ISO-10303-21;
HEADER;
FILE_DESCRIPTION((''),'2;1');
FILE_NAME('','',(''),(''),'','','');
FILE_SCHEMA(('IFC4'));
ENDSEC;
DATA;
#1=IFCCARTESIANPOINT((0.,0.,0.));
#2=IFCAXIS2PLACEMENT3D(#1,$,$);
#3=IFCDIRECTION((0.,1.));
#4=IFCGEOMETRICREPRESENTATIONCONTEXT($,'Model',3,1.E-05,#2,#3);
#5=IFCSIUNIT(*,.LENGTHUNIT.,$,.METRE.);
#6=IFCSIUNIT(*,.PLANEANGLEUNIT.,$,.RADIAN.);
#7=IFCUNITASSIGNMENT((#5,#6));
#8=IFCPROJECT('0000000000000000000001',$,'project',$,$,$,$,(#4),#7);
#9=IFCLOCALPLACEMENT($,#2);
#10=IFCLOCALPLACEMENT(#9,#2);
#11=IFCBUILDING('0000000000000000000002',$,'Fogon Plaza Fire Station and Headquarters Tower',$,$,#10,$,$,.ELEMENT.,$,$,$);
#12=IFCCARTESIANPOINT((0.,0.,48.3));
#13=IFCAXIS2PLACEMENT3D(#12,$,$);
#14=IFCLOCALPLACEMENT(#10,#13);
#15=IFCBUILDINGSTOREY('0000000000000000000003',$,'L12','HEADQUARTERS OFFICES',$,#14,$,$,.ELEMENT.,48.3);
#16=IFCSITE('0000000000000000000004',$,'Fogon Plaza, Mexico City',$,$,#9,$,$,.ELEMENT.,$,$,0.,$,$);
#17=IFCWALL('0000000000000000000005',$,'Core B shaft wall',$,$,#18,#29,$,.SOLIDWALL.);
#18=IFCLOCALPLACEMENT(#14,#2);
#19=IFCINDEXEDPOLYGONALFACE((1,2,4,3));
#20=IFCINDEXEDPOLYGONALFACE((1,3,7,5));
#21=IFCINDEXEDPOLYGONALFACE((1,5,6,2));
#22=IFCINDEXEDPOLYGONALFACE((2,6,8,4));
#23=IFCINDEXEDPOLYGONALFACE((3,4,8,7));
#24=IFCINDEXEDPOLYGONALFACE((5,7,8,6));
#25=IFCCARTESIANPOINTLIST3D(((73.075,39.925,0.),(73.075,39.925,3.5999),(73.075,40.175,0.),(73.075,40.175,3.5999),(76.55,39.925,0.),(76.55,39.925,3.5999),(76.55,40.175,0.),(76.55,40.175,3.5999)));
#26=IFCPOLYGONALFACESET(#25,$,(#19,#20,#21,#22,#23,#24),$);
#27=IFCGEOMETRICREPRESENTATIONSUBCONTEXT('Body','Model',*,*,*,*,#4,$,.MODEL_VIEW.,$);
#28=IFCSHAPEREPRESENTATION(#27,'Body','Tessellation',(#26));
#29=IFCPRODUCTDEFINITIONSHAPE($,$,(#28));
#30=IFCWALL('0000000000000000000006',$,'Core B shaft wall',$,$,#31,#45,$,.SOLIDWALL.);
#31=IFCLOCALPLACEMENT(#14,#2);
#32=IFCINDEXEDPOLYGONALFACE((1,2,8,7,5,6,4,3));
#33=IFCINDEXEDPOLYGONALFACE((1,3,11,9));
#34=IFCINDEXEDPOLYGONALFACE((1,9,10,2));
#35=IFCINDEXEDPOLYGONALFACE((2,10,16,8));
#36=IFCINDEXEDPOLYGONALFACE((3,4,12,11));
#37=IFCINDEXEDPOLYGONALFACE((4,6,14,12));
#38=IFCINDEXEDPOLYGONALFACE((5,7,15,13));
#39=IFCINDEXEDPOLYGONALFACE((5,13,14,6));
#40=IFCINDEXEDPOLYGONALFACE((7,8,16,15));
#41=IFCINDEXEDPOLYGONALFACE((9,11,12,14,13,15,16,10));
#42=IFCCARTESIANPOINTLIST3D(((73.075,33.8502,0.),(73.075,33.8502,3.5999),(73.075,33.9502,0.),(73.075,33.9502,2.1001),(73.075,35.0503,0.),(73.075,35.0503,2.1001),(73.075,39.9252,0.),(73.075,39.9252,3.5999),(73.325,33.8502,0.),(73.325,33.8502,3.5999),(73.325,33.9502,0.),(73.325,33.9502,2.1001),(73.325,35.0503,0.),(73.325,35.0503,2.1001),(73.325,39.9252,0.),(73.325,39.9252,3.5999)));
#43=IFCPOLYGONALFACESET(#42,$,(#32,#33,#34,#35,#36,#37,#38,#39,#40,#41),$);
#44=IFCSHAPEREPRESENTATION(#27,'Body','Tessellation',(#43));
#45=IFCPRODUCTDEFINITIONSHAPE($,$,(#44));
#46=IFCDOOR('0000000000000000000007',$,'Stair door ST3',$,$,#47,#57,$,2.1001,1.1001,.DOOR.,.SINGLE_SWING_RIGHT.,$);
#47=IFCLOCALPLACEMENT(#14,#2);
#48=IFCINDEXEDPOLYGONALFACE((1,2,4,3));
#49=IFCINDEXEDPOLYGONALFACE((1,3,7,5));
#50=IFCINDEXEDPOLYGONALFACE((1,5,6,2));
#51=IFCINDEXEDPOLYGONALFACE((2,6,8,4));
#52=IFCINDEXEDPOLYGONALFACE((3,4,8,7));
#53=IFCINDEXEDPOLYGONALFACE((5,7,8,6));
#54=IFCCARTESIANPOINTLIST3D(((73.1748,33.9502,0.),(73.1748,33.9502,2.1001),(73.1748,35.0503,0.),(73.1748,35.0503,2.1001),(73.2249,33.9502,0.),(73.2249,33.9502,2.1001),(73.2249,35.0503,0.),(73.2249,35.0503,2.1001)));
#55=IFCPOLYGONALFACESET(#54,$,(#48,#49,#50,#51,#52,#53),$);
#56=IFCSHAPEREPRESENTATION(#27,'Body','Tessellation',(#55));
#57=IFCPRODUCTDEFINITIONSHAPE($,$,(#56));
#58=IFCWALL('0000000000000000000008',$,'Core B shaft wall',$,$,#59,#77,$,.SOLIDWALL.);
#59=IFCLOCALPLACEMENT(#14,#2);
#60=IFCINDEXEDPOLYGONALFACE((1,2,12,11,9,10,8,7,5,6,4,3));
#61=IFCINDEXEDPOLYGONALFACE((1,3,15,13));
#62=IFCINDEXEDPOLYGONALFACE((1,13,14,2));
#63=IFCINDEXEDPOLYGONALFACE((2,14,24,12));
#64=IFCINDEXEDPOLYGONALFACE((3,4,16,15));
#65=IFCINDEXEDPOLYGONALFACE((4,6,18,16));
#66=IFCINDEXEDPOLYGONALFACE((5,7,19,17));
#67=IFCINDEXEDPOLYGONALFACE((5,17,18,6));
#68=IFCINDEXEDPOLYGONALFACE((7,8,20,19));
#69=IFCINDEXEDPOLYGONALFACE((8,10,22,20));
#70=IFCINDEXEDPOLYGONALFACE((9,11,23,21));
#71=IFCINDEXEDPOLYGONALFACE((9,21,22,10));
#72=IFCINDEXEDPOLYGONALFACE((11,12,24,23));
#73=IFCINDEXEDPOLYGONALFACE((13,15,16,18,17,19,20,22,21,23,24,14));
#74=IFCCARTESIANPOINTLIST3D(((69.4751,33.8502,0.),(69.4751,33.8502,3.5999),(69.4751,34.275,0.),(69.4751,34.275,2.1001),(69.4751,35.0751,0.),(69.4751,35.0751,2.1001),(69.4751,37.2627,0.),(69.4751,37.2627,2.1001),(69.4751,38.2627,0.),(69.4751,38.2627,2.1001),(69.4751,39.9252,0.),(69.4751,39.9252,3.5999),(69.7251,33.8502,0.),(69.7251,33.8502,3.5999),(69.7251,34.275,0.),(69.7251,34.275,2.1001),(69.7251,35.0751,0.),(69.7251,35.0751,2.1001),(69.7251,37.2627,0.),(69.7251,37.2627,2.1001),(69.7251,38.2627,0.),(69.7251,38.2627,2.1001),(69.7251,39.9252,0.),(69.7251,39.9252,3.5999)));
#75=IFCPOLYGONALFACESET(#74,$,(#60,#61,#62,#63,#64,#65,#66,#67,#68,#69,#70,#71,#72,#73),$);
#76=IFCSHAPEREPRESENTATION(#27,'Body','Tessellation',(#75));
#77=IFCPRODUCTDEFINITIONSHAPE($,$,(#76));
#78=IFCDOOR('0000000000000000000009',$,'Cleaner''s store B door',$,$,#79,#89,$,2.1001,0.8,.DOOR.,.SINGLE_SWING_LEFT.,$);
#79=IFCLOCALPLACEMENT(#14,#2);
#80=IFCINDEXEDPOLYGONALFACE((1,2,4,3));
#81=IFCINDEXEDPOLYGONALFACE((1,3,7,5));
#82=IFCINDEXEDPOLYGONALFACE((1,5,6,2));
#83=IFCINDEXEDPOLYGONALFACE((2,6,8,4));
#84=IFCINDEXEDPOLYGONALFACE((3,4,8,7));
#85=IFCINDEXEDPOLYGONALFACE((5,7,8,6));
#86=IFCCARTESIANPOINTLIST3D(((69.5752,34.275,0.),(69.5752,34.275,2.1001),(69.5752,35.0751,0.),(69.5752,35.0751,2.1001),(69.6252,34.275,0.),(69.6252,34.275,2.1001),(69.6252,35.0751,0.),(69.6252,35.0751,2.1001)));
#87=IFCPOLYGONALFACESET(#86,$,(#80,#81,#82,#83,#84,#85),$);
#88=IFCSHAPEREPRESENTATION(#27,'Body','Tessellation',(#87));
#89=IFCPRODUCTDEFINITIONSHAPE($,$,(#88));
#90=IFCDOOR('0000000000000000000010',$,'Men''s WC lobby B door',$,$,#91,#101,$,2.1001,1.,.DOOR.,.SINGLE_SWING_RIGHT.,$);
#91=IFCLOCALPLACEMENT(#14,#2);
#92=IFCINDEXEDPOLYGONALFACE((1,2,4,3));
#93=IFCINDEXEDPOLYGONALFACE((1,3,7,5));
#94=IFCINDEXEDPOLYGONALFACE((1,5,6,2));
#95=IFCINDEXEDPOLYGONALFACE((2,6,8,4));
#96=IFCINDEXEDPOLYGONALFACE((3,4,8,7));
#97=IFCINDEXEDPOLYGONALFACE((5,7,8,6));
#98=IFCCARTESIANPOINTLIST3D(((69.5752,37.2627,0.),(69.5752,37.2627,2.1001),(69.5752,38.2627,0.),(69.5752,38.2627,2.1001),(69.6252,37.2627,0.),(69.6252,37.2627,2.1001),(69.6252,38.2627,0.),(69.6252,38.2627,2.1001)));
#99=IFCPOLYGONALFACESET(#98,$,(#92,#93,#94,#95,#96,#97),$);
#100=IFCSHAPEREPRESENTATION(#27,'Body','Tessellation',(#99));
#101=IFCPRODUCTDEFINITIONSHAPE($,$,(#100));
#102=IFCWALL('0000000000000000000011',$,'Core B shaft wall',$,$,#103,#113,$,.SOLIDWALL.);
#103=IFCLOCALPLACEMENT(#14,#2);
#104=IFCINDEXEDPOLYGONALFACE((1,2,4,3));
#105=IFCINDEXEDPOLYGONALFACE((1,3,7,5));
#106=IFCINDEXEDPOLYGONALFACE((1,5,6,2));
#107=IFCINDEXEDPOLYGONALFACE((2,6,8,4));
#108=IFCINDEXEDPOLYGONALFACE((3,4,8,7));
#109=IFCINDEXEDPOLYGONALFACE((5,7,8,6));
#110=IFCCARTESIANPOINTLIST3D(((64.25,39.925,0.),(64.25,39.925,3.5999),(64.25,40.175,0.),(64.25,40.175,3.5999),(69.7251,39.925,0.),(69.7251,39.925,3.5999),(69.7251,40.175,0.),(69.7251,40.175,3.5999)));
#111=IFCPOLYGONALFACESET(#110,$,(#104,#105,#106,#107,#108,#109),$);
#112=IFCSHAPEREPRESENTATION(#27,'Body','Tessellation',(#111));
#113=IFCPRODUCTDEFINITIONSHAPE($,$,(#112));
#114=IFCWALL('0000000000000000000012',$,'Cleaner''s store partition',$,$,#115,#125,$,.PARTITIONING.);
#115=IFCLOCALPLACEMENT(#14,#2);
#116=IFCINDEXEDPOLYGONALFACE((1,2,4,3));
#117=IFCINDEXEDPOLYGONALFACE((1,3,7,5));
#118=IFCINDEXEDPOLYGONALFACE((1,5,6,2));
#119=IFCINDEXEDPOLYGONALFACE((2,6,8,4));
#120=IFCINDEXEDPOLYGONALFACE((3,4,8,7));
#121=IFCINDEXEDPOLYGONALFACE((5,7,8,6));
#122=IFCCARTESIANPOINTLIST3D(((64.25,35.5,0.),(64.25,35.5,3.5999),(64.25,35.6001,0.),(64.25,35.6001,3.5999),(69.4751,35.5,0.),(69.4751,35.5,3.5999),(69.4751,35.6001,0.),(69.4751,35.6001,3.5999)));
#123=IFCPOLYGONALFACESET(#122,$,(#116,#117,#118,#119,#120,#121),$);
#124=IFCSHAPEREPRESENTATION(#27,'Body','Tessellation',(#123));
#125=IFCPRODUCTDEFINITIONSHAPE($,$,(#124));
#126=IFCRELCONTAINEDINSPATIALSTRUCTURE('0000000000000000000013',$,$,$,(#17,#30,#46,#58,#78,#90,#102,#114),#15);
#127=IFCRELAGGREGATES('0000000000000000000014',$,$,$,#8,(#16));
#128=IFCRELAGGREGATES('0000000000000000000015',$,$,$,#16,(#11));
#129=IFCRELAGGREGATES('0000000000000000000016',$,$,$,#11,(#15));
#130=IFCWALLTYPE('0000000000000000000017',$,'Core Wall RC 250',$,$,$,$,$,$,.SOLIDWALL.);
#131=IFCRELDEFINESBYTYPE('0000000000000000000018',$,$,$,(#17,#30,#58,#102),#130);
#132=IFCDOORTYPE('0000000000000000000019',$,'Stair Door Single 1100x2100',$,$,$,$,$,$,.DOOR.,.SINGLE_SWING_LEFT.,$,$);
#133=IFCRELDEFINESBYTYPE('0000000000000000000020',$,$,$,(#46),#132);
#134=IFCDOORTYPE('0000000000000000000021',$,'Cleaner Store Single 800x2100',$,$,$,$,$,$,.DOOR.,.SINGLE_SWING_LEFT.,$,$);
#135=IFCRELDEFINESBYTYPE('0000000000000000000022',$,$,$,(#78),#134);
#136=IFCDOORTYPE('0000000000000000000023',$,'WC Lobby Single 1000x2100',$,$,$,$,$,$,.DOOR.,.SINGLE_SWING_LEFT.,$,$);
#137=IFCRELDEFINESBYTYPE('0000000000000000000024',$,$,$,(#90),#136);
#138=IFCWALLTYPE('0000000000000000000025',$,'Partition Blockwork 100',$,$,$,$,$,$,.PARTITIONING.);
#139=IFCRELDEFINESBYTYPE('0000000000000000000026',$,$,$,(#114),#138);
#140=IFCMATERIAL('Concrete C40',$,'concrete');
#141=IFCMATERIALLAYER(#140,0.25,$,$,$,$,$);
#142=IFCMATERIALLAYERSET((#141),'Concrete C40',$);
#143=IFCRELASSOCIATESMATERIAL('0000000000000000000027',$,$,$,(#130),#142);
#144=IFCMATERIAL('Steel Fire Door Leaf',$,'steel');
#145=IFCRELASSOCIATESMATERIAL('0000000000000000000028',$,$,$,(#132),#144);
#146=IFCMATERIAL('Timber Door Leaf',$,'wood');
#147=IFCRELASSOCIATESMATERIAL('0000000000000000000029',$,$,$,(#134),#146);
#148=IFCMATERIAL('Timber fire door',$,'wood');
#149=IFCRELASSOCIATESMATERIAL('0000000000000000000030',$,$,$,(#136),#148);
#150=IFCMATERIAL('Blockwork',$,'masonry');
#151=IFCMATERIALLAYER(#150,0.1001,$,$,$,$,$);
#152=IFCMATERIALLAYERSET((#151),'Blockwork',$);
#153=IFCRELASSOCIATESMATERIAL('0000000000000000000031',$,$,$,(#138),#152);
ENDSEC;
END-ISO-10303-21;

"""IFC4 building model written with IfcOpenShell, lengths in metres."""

from ifc_helpers import new_model, si_unit, direction, frame, frame_2d, origin, place, context, subcontext, project, spatial, rectangle, extrude, material, layer, layer_set, type_object, element, fill, save


model = new_model("IFC4")

# Units and contexts
model_context = context("Model", 3, precision=1e-05, world=origin(), true_north=direction((0.0, 1.0)))
body_context = subcontext(model_context, "Body", "Model", "MODEL_VIEW")
ifc_project = project(units=[si_unit("LENGTHUNIT", "METRE"), si_unit("PLANEANGLEUNIT", "RADIAN")], contexts=[model_context])

# Site, building, storey
site_placement = place(None, origin())
site = spatial("IfcSite", under=ifc_project, at=site_placement, Name="Fogon Plaza, Mexico City", CompositionType="ELEMENT", RefElevation=0.0)
building_placement = place(site_placement, origin())
building = spatial("IfcBuilding", under=site, at=building_placement, Name="Fogon Plaza Fire Station and Headquarters Tower", CompositionType="ELEMENT")
storey_placement = place(building_placement, frame((0.0, 0.0, 48.3)))
storey = spatial("IfcBuildingStorey", under=building, at=storey_placement, Name="L12", Description="HEADQUARTERS OFFICES", CompositionType="ELEMENT", Elevation=48.3)

# Wall
ifc_material_1 = material(Name="Concrete C40", Category="concrete")
ifc_layer_1 = layer(ifc_material_1, 0.25)
ifc_layer_set_1 = layer_set([ifc_layer_1], Name="Concrete C40")
wall_type_1 = type_object("IfcWallType", Name="Core Wall RC 250", PredefinedType="SOLIDWALL", material=ifc_layer_set_1)
wall_1_placement = place(storey_placement, frame((76.55, 40.05, 0.0), z_axis=(0.0, 0.0, 1.0), x_axis=(-1.0, 0.0, 0.0)))
element("IfcWall", 1, at=wall_1_placement, inside=storey, type_object=wall_type_1, Name="Core B shaft wall", PredefinedType="SOLIDWALL", context=body_context, shape_type="SweptSolid", body=[
    extrude(rectangle(XDim=3.4751, YDim=0.25, at=frame_2d((1.7375, 0.0))), origin(), (0.0, 0.0, 1.0), 3.5999),
])

# Wall, opening, door
wall_2_placement = place(storey_placement, frame((73.2, 33.8501, 0.0), z_axis=(0.0, 0.0, 1.0), x_axis=(0.0, 1.0, 0.0)))
wall_2 = element("IfcWall", 2, at=wall_2_placement, inside=storey, type_object=wall_type_1, Name="Core B shaft wall", PredefinedType="SOLIDWALL", context=body_context, shape_type="SweptSolid", body=[
    extrude(rectangle(XDim=6.075, YDim=0.25, at=frame_2d((3.0376, 0.0))), origin(), (0.0, 0.0, 1.0), 3.5999),
])
opening_1_placement = place(wall_2_placement, frame((0.1001, 0.0, 0.0)))
opening_1 = element("IfcOpeningElement", 3, at=opening_1_placement, cuts=wall_2, PredefinedType="OPENING", context=body_context, shape_type="SweptSolid", body=[
    extrude(rectangle(XDim=1.1001, YDim=2.1001, at=frame_2d((0.55, 1.05))), frame((0.0, 0.135, 0.0), z_axis=(0.0, -1.0, 0.0), x_axis=(1.0, 0.0, 0.0)), (0.0, 0.0, 1.0), 0.27),
])
ifc_material_2 = material(Name="Steel Fire Door Leaf", Category="steel")
door_type_1 = type_object("IfcDoorType", Name="Stair Door Single 1100x2100", OperationType="SINGLE_SWING_LEFT", PredefinedType="DOOR", material=ifc_material_2)
door_1_placement = place(opening_1_placement, frame((1.1001, 0.0, 0.0), z_axis=(0.0, 0.0, 1.0), x_axis=(-1.0, 0.0, 0.0)))
door_1 = element("IfcDoor", 4, at=door_1_placement, inside=storey, type_object=door_type_1, Name="Stair door ST3", OperationType="SINGLE_SWING_RIGHT", OverallHeight=2.1001, OverallWidth=1.1001, PredefinedType="DOOR", context=body_context, shape_type="SweptSolid", body=[
    extrude(rectangle(XDim=1.1001, YDim=2.1001, at=frame_2d((0.55, 1.05))), frame((0.0, 0.0249, 0.0), z_axis=(0.0, -1.0, 0.0), x_axis=(1.0, 0.0, 0.0)), (0.0, 0.0, 1.0), 0.05),
])
fill(opening_1, door_1)

# Wall, openings, doors
wall_3_placement = place(storey_placement, frame((69.6001, 33.8501, 0.0), z_axis=(0.0, 0.0, 1.0), x_axis=(0.0, 1.0, 0.0)))
wall_3 = element("IfcWall", 5, at=wall_3_placement, inside=storey, type_object=wall_type_1, Name="Core B shaft wall", PredefinedType="SOLIDWALL", context=body_context, shape_type="SweptSolid", body=[
    extrude(rectangle(XDim=6.075, YDim=0.25, at=frame_2d((3.0376, 0.0))), origin(), (0.0, 0.0, 1.0), 3.5999),
])
opening_2_placement = place(wall_3_placement, frame((0.425, 0.0, 0.0)))
opening_2 = element("IfcOpeningElement", 6, at=opening_2_placement, cuts=wall_3, PredefinedType="OPENING", context=body_context, shape_type="SweptSolid", body=[
    extrude(rectangle(XDim=0.8, YDim=2.1001, at=frame_2d((0.3999, 1.05))), frame((0.0, 0.135, 0.0), z_axis=(0.0, -1.0, 0.0), x_axis=(1.0, 0.0, 0.0)), (0.0, 0.0, 1.0), 0.27),
])
opening_3_placement = place(wall_3_placement, frame((3.4126, 0.0, 0.0)))
opening_3 = element("IfcOpeningElement", 7, at=opening_3_placement, cuts=wall_3, PredefinedType="OPENING", context=body_context, shape_type="SweptSolid", body=[
    extrude(rectangle(XDim=1.0, YDim=2.1001, at=frame_2d((0.5, 1.05))), frame((0.0, 0.135, 0.0), z_axis=(0.0, -1.0, 0.0), x_axis=(1.0, 0.0, 0.0)), (0.0, 0.0, 1.0), 0.27),
])
ifc_material_3 = material(Name="Timber Door Leaf", Category="wood")
door_type_2 = type_object("IfcDoorType", Name="Cleaner Store Single 800x2100", OperationType="SINGLE_SWING_LEFT", PredefinedType="DOOR", material=ifc_material_3)
door_2_placement = place(opening_2_placement, origin())
door_2 = element("IfcDoor", 8, at=door_2_placement, inside=storey, type_object=door_type_2, Name="Cleaner's store B door", OperationType="SINGLE_SWING_LEFT", OverallHeight=2.1001, OverallWidth=0.8, PredefinedType="DOOR", context=body_context, shape_type="SweptSolid", body=[
    extrude(rectangle(XDim=0.8, YDim=2.1001, at=frame_2d((0.3999, 1.05))), frame((0.0, 0.0249, 0.0), z_axis=(0.0, -1.0, 0.0), x_axis=(1.0, 0.0, 0.0)), (0.0, 0.0, 1.0), 0.05),
])
fill(opening_2, door_2)
ifc_material_4 = material(Name="Timber fire door", Category="wood")
door_type_3 = type_object("IfcDoorType", Name="WC Lobby Single 1000x2100", OperationType="SINGLE_SWING_LEFT", PredefinedType="DOOR", material=ifc_material_4)
door_3_placement = place(opening_3_placement, origin())
door_3 = element("IfcDoor", 9, at=door_3_placement, inside=storey, type_object=door_type_3, Name="Men's WC lobby B door", OperationType="SINGLE_SWING_RIGHT", OverallHeight=2.1001, OverallWidth=1.0, PredefinedType="DOOR", context=body_context, shape_type="SweptSolid", body=[
    extrude(rectangle(XDim=1.0, YDim=2.1001, at=frame_2d((0.5, 1.05))), frame((0.0, 0.0249, 0.0), z_axis=(0.0, -1.0, 0.0), x_axis=(1.0, 0.0, 0.0)), (0.0, 0.0, 1.0), 0.05),
])
fill(opening_3, door_3)

# Walls
wall_4_placement = place(storey_placement, frame((69.7251, 40.05, 0.0), z_axis=(0.0, 0.0, 1.0), x_axis=(-1.0, 0.0, 0.0)))
element("IfcWall", 10, at=wall_4_placement, inside=storey, type_object=wall_type_1, Name="Core B shaft wall", PredefinedType="SOLIDWALL", context=body_context, shape_type="SweptSolid", body=[
    extrude(rectangle(XDim=5.4751, YDim=0.25, at=frame_2d((2.7375, 0.0))), origin(), (0.0, 0.0, 1.0), 3.5999),
])
ifc_material_5 = material(Name="Blockwork", Category="masonry")
ifc_layer_2 = layer(ifc_material_5, 0.1001)
ifc_layer_set_2 = layer_set([ifc_layer_2], Name="Blockwork")
wall_type_2 = type_object("IfcWallType", Name="Partition Blockwork 100", PredefinedType="PARTITIONING", material=ifc_layer_set_2)
wall_5_placement = place(storey_placement, frame((69.4751, 35.55, 0.0), z_axis=(0.0, 0.0, 1.0), x_axis=(-1.0, 0.0, 0.0)))
element("IfcWall", 11, at=wall_5_placement, inside=storey, type_object=wall_type_2, Name="Cleaner's store partition", PredefinedType="PARTITIONING", context=body_context, shape_type="SweptSolid", body=[
    extrude(rectangle(XDim=5.2251, YDim=0.1001, at=frame_2d((2.6125, 0.0))), origin(), (0.0, 0.0, 1.0), 3.5999),
])

save(model, "model.ifc")
